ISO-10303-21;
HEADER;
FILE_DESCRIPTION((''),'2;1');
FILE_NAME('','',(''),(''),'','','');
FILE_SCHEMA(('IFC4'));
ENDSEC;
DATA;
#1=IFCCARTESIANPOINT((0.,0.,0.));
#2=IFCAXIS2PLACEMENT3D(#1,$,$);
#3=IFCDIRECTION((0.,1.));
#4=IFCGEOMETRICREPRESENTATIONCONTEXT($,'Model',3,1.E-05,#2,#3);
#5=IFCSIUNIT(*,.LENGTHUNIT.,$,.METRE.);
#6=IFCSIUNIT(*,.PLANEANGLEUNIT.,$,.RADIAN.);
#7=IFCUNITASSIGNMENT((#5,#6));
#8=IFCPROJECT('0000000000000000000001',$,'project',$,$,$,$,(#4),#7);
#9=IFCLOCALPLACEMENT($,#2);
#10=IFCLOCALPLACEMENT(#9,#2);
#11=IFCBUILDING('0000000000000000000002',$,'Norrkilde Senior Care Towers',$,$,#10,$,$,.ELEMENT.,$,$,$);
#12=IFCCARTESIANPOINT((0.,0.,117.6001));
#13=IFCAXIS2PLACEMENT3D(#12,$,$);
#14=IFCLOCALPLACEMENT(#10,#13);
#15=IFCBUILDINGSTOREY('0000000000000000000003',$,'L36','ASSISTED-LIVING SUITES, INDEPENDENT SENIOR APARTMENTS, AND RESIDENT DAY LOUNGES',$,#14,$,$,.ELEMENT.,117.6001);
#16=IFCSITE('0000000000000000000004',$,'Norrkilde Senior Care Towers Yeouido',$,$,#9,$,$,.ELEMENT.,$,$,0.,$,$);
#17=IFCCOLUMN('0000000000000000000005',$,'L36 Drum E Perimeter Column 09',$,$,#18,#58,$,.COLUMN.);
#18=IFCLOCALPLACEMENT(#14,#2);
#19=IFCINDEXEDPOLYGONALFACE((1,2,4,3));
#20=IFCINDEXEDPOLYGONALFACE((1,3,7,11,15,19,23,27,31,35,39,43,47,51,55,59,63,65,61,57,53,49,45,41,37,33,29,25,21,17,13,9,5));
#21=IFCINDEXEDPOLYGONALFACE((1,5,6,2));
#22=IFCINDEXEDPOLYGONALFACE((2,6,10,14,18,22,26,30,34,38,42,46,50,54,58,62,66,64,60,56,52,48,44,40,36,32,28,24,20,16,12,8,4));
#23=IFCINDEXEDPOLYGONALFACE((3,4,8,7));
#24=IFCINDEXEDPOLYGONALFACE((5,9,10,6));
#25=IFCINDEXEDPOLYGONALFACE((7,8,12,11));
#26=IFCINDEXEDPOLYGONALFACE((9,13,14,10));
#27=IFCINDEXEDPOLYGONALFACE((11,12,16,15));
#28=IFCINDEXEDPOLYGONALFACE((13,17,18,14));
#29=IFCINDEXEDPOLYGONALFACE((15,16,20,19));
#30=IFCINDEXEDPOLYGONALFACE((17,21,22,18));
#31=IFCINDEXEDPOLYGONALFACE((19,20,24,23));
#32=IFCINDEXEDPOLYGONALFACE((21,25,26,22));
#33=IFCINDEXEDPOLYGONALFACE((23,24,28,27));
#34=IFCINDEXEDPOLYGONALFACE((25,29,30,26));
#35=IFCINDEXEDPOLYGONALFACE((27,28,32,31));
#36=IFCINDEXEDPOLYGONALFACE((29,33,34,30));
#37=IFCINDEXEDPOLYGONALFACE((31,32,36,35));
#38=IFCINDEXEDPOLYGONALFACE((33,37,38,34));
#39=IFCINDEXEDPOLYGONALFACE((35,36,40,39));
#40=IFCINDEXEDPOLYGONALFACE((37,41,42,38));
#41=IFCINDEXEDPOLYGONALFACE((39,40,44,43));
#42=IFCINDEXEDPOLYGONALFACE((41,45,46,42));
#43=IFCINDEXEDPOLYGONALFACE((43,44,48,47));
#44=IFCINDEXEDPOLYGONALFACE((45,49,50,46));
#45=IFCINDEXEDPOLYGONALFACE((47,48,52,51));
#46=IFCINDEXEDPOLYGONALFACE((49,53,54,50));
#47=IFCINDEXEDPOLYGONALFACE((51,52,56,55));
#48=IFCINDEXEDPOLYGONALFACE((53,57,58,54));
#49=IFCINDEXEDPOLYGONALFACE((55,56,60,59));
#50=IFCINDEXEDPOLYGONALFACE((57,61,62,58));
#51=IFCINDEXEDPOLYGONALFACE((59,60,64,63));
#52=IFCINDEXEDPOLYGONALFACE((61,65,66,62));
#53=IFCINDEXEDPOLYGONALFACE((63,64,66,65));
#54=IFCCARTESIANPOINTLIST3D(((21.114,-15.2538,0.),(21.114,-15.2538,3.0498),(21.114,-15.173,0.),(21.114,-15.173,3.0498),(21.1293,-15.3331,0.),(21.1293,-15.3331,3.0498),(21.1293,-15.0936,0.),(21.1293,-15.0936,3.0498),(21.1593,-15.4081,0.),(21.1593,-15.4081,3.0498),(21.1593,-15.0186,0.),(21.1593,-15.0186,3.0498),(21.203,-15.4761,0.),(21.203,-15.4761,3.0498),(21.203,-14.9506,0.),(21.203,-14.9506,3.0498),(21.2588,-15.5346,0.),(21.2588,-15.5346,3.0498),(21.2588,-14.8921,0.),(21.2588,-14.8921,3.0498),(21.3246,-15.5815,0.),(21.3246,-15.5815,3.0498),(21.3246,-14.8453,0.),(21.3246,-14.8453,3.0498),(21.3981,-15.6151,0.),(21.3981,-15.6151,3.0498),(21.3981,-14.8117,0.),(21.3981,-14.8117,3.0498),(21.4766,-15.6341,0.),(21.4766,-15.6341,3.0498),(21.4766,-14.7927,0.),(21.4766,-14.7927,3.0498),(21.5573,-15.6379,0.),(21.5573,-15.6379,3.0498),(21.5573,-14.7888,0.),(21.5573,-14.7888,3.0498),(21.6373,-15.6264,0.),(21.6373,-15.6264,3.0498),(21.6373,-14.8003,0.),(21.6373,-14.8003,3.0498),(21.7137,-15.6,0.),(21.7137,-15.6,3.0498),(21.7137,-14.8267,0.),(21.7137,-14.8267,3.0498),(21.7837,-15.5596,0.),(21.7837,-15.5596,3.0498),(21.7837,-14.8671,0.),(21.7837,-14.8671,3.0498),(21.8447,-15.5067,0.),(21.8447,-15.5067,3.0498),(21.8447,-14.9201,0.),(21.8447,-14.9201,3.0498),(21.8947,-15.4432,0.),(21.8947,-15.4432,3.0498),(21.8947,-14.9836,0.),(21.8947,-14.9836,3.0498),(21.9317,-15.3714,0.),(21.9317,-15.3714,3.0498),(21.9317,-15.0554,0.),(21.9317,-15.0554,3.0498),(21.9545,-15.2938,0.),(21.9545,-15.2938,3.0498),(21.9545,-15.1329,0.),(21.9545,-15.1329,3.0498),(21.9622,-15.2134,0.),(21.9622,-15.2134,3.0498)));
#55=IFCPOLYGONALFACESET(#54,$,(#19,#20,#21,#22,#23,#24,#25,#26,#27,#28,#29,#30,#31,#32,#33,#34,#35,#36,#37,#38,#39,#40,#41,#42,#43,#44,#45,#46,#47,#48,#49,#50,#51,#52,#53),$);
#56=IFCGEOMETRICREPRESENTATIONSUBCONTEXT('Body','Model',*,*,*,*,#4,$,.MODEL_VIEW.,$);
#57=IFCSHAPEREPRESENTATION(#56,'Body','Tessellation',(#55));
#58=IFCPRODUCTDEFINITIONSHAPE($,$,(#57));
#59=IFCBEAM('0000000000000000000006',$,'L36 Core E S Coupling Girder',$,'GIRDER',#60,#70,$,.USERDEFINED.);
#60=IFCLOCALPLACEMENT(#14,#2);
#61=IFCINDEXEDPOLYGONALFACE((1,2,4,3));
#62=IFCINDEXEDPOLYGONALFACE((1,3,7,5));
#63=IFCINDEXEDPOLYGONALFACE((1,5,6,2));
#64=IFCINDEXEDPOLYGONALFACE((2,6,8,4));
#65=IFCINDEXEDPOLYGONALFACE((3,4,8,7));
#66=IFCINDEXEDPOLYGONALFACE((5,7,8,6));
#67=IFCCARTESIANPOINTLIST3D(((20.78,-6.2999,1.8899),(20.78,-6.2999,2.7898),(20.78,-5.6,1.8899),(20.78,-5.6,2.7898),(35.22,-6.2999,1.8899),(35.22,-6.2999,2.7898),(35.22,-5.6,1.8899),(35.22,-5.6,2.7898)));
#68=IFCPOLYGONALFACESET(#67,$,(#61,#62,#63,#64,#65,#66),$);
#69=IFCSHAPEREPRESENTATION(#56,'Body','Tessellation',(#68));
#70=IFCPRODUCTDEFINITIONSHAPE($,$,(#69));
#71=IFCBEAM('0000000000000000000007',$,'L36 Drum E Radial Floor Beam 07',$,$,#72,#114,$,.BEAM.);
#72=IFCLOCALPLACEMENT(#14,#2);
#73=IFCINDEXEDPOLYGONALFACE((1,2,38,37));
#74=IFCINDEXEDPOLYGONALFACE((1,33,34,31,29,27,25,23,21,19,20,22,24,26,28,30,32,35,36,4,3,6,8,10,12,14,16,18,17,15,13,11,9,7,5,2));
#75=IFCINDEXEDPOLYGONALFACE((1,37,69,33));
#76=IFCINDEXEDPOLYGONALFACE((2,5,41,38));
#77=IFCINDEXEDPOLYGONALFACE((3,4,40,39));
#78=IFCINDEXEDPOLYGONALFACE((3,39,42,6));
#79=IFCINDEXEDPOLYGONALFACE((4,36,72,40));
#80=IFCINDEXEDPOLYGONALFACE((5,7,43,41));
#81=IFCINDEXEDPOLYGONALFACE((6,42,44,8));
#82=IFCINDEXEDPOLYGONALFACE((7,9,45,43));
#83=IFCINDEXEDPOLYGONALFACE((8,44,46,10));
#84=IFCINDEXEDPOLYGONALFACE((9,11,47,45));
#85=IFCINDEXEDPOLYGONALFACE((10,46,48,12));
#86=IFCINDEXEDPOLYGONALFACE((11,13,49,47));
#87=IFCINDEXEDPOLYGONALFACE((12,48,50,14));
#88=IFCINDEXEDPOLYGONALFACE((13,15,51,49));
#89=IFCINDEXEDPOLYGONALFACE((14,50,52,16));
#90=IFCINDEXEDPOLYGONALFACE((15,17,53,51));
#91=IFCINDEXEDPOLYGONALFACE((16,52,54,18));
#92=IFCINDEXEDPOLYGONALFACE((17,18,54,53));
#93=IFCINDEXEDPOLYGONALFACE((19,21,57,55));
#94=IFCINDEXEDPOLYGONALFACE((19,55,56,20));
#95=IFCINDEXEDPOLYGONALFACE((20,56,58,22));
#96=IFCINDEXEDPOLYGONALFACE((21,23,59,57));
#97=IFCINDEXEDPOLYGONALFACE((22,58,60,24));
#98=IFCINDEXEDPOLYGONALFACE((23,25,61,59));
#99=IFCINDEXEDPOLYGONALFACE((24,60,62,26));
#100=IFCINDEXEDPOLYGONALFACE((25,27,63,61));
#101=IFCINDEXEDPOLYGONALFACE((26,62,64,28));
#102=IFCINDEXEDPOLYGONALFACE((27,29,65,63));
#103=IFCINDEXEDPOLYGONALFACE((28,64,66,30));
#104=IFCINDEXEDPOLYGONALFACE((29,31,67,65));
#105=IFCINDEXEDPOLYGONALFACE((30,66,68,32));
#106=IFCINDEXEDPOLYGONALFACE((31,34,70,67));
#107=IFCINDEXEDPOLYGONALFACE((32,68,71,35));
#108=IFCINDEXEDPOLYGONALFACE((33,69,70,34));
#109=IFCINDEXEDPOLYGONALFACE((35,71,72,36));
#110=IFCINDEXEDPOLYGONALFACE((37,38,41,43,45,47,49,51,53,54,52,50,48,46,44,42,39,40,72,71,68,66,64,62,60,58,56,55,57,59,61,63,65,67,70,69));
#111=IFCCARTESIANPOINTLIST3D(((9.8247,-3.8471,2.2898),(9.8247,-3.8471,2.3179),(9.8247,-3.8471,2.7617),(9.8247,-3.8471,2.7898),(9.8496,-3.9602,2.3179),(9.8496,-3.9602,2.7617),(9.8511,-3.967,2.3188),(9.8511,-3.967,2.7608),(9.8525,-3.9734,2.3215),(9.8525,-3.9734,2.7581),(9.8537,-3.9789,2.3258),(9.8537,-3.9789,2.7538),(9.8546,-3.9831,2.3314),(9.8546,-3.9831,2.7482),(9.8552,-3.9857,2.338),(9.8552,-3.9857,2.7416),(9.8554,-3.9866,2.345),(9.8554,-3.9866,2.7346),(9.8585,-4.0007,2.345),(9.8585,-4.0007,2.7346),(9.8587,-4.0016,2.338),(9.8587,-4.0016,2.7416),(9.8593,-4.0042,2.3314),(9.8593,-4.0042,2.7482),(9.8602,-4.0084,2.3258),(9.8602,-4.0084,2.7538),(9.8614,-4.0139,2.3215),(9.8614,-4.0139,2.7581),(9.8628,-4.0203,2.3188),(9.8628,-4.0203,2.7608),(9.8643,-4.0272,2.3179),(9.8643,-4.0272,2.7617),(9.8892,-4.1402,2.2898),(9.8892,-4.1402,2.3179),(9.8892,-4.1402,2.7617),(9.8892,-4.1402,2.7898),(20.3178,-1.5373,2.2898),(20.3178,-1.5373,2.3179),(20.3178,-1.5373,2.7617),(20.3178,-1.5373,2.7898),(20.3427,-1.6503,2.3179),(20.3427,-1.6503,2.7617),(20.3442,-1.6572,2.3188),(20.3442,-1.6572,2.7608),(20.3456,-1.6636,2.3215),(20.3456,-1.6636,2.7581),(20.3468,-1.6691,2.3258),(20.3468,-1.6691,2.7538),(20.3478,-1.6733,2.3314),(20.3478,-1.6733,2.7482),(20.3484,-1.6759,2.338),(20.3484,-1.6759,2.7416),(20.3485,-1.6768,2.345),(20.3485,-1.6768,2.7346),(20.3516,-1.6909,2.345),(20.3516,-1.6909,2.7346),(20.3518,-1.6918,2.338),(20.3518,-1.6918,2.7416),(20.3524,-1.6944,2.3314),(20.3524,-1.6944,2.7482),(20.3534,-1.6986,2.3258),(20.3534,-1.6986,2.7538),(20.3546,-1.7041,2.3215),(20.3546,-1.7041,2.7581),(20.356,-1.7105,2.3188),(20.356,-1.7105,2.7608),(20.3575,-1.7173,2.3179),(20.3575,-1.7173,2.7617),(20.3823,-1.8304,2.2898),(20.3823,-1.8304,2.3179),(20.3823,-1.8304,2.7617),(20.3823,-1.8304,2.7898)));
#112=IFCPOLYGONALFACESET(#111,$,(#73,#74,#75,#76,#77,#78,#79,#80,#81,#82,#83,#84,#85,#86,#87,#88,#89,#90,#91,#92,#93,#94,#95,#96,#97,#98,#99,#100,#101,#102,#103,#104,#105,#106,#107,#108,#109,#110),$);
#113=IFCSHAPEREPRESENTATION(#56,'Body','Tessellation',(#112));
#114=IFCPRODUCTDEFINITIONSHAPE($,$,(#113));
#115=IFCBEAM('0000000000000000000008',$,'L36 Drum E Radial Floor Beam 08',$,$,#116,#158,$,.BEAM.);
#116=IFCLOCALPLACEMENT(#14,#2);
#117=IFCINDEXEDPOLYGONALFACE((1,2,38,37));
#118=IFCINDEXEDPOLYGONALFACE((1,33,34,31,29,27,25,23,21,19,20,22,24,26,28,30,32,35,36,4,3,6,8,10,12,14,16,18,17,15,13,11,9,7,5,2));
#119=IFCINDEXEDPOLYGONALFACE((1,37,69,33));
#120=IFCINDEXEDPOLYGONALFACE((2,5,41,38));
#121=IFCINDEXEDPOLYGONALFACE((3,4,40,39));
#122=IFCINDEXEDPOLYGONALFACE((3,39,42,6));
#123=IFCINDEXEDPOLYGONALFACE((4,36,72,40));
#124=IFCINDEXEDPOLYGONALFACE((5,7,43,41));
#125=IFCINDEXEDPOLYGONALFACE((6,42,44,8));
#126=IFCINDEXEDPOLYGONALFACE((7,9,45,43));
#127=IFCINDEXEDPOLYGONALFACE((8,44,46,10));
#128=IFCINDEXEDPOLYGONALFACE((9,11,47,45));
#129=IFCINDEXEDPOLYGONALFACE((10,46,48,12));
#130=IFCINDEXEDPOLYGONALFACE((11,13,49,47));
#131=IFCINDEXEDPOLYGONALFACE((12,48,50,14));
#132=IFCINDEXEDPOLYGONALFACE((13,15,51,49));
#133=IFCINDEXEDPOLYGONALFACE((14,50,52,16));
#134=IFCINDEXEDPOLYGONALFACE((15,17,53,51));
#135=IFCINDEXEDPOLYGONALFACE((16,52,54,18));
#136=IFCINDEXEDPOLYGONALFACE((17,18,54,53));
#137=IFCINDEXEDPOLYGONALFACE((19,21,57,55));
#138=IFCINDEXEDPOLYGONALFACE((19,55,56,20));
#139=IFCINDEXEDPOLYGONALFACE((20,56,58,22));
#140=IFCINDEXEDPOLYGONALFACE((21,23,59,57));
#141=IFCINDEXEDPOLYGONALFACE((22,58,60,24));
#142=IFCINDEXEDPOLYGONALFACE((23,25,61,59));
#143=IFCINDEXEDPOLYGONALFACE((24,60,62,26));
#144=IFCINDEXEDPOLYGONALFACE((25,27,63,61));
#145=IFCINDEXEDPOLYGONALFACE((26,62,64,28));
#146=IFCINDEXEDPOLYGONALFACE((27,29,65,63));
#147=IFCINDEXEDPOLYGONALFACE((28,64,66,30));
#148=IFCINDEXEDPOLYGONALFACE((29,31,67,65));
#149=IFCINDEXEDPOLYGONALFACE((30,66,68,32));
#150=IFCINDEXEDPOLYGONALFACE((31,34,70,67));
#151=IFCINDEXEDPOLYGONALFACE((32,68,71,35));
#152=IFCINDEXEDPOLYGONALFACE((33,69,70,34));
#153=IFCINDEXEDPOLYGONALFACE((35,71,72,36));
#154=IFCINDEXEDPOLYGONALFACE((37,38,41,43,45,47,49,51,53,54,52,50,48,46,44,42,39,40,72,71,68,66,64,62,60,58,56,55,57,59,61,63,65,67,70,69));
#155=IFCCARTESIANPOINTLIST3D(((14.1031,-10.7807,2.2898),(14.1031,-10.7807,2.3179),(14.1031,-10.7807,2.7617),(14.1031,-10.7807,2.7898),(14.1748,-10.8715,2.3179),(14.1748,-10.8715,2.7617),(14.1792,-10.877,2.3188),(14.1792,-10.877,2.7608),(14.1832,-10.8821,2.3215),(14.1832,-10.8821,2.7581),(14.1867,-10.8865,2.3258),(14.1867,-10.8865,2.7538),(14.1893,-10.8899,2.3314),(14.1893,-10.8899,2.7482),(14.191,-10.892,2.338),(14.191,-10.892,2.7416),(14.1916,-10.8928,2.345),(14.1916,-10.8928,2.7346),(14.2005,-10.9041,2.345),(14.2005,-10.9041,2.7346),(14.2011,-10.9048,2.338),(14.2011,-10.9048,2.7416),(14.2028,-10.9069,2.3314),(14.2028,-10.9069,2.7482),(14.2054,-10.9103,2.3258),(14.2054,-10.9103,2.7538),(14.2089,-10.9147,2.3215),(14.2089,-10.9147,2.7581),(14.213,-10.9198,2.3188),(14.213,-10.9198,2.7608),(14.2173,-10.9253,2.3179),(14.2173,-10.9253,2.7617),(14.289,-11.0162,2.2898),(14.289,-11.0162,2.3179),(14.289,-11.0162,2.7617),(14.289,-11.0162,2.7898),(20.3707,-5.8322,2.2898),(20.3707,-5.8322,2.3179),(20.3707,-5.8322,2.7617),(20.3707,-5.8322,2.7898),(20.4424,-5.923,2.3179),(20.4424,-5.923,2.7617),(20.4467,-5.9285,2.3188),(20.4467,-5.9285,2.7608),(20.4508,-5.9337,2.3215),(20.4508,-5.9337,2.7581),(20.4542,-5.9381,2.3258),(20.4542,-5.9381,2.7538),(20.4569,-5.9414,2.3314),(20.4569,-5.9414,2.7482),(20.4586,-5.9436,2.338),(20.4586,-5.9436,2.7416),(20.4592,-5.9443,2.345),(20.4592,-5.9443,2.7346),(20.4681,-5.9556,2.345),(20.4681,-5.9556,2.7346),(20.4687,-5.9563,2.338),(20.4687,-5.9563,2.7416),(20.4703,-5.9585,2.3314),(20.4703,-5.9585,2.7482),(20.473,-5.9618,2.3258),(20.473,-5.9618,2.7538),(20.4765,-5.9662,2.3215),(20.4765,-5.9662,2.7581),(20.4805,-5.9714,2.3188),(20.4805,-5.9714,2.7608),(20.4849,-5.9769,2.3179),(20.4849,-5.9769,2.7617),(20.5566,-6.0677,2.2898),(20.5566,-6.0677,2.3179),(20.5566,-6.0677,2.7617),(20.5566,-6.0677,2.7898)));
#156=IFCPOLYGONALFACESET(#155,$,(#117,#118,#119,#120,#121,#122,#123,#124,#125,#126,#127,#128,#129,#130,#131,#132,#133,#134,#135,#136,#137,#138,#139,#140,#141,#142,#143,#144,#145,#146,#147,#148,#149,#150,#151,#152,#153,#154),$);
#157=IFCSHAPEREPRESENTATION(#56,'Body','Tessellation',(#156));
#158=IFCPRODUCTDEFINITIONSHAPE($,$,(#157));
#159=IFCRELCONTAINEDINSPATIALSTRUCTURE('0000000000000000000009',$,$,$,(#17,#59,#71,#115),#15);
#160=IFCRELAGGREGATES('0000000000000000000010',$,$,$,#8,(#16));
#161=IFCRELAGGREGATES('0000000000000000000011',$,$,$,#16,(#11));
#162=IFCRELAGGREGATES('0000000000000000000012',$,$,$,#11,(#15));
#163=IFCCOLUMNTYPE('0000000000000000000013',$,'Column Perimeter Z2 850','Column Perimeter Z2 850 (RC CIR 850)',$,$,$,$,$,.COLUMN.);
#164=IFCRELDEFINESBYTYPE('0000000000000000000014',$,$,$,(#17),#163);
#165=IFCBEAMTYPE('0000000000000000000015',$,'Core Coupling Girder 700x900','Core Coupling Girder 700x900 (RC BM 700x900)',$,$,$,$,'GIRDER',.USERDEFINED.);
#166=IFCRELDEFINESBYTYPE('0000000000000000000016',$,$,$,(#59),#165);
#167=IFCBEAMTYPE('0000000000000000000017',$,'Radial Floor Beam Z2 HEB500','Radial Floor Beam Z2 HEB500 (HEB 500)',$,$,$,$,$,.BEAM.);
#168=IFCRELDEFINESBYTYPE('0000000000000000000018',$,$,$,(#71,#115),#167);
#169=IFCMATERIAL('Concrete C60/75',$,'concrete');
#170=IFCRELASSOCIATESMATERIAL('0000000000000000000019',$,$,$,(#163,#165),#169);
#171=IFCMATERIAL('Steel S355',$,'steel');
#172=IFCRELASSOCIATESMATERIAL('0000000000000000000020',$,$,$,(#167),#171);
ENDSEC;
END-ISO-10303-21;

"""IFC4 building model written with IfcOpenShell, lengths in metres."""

from ifc_helpers import new_model, si_unit, direction, frame, origin, origin_2d, place, context, subcontext, project, spatial, rectangle, circle, i_section, extrude, source, transform, mapped, material, material_profile, profile_set, type_object, type_shapes, element, save


model = new_model("IFC4")

# Units and contexts
model_context = context("Model", 3, precision=1e-05, world=origin(), true_north=direction((0.0, 1.0)))
body_context = subcontext(model_context, "Body", "Model", "MODEL_VIEW")
ifc_project = project(units=[si_unit("LENGTHUNIT", "METRE"), si_unit("PLANEANGLEUNIT", "RADIAN")], contexts=[model_context])

# Site, building, storey
site_placement = place(None, origin())
site = spatial("IfcSite", under=ifc_project, at=site_placement, Name="Norrkilde Senior Care Towers Yeouido", CompositionType="ELEMENT", RefElevation=0.0)
building_placement = place(site_placement, origin())
building = spatial("IfcBuilding", under=site, at=building_placement, Name="Norrkilde Senior Care Towers", CompositionType="ELEMENT")
storey_placement = place(building_placement, frame((0.0, 0.0, 117.6001)))
storey = spatial("IfcBuildingStorey", under=building, at=storey_placement, Name="L36", Description="ASSISTED-LIVING SUITES, INDEPENDENT SENIOR APARTMENTS, AND RESIDENT DAY LOUNGES", CompositionType="ELEMENT", Elevation=117.6001)

# Column
ifc_material_1 = material(Name="Concrete C60/75", Category="concrete")
ifc_material_profile_1 = material_profile(ifc_material_1, circle(Radius=0.425, at=origin_2d()), Name="RC CIR 850")
ifc_profile_set_1 = profile_set([ifc_material_profile_1], Name="Concrete C60/75")
column_type = type_object("IfcColumnType", Name="Column Perimeter Z2 850", Description="Column Perimeter Z2 850 (RC CIR 850)", PredefinedType="COLUMN", material=ifc_profile_set_1)
shared_shape_1 = source(origin(), body_context, "Body", "SweptSolid", [
    extrude(circle(Radius=0.425, at=origin_2d()), origin(), (0.0, 0.0, 1.0), 3.0498),
])
type_shapes(column_type, [shared_shape_1])
column_placement = place(storey_placement, frame((21.5371, -15.2134, 0.0), z_axis=(0.0, 0.0, 1.0), x_axis=(1.0, 0.0, 0.0)))
element("IfcColumn", 1, at=column_placement, inside=storey, type_object=column_type, Name="L36 Drum E Perimeter Column 09", PredefinedType="COLUMN", context=body_context, shape_type="MappedRepresentation", body=[
    mapped(shared_shape_1, transform((0.0, 0.0, 0.0), x_axis=(1.0, 0.0, 0.0), y_axis=(0.0, 1.0, 0.0), z_axis=(0.0, 0.0, 1.0), scale=1.0)),
])

# Beams
ifc_material_profile_2 = material_profile(ifc_material_1, rectangle(XDim=0.7, YDim=0.8999, at=origin_2d()), Name="RC BM 700x900")
ifc_profile_set_2 = profile_set([ifc_material_profile_2], Name="Concrete C60/75")
beam_type_1 = type_object("IfcBeamType", Name="Core Coupling Girder 700x900", Description="Core Coupling Girder 700x900 (RC BM 700x900)", ElementType="GIRDER", PredefinedType="USERDEFINED", material=ifc_profile_set_2)
shared_shape_2 = source(origin(), body_context, "Body", "SweptSolid", [
    extrude(rectangle(XDim=0.7, YDim=0.8999, at=origin_2d()), origin(), (0.0, 0.0, 1.0), 14.4399),
])
type_shapes(beam_type_1, [shared_shape_2])
beam_1_placement = place(storey_placement, frame((20.78, -5.95, 2.3398), z_axis=(1.0, 0.0, 0.0), x_axis=(0.0, 1.0, 0.0)))
element("IfcBeam", 2, at=beam_1_placement, inside=storey, type_object=beam_type_1, Name="L36 Core E S Coupling Girder", ObjectType="GIRDER", PredefinedType="USERDEFINED", context=body_context, shape_type="MappedRepresentation", body=[
    mapped(shared_shape_2, transform((0.0, 0.0, 0.0), x_axis=(1.0, 0.0, 0.0), y_axis=(0.0, 1.0, 0.0), z_axis=(0.0, 0.0, 1.0), scale=1.0)),
])
ifc_material_2 = material(Name="Steel S355", Category="steel")
ifc_material_profile_3 = material_profile(ifc_material_2, i_section(OverallWidth=0.3, OverallDepth=0.5, WebThickness=0.0144, FlangeThickness=0.0281, FilletRadius=0.0271, at=origin_2d()), Name="HEB 500")
ifc_profile_set_3 = profile_set([ifc_material_profile_3], Name="Steel S355")
beam_type_2 = type_object("IfcBeamType", Name="Radial Floor Beam Z2 HEB500", Description="Radial Floor Beam Z2 HEB500 (HEB 500)", PredefinedType="BEAM", material=ifc_profile_set_3)
shared_shape_3 = source(origin(), body_context, "Body", "SweptSolid", [
    extrude(i_section(OverallWidth=0.3, OverallDepth=0.5, WebThickness=0.0144, FlangeThickness=0.0281, FilletRadius=0.0271, at=origin_2d()), origin(), (0.0, 0.0, 1.0), 10.7444),
])
beam_2_placement = place(storey_placement, frame((20.3501, -1.6838, 2.5398), z_axis=(-0.976619, -0.214979, 0.0), x_axis=(0.214979, -0.976619, 0.0)))
element("IfcBeam", 3, at=beam_2_placement, inside=storey, type_object=beam_type_2, Name="L36 Drum E Radial Floor Beam 07", PredefinedType="BEAM", context=body_context, shape_type="MappedRepresentation", body=[
    mapped(shared_shape_3, transform((0.0, 0.0, 0.0), x_axis=(1.0, 0.0, 0.0), y_axis=(0.0, 1.0, 0.0), z_axis=(0.0, 0.0, 1.0), scale=1.0)),
])
shared_shape_4 = source(origin(), body_context, "Body", "SweptSolid", [
    extrude(i_section(OverallWidth=0.3, OverallDepth=0.5, WebThickness=0.0144, FlangeThickness=0.0281, FilletRadius=0.0271, at=origin_2d()), origin(), (0.0, 0.0, 1.0), 7.9856),
])
type_shapes(beam_type_2, [shared_shape_3, shared_shape_4])
beam_3_placement = place(storey_placement, frame((20.4636, -5.95, 2.5398), z_axis=(-0.784859, -0.619675, 0.0), x_axis=(0.619675, -0.784859, 0.0)))
element("IfcBeam", 4, at=beam_3_placement, inside=storey, type_object=beam_type_2, Name="L36 Drum E Radial Floor Beam 08", PredefinedType="BEAM", context=body_context, shape_type="MappedRepresentation", body=[
    mapped(shared_shape_4, transform((0.0, 0.0, 0.0), x_axis=(1.0, 0.0, 0.0), y_axis=(0.0, 1.0, 0.0), z_axis=(0.0, 0.0, 1.0), scale=1.0)),
])

save(model, "model.ifc")
